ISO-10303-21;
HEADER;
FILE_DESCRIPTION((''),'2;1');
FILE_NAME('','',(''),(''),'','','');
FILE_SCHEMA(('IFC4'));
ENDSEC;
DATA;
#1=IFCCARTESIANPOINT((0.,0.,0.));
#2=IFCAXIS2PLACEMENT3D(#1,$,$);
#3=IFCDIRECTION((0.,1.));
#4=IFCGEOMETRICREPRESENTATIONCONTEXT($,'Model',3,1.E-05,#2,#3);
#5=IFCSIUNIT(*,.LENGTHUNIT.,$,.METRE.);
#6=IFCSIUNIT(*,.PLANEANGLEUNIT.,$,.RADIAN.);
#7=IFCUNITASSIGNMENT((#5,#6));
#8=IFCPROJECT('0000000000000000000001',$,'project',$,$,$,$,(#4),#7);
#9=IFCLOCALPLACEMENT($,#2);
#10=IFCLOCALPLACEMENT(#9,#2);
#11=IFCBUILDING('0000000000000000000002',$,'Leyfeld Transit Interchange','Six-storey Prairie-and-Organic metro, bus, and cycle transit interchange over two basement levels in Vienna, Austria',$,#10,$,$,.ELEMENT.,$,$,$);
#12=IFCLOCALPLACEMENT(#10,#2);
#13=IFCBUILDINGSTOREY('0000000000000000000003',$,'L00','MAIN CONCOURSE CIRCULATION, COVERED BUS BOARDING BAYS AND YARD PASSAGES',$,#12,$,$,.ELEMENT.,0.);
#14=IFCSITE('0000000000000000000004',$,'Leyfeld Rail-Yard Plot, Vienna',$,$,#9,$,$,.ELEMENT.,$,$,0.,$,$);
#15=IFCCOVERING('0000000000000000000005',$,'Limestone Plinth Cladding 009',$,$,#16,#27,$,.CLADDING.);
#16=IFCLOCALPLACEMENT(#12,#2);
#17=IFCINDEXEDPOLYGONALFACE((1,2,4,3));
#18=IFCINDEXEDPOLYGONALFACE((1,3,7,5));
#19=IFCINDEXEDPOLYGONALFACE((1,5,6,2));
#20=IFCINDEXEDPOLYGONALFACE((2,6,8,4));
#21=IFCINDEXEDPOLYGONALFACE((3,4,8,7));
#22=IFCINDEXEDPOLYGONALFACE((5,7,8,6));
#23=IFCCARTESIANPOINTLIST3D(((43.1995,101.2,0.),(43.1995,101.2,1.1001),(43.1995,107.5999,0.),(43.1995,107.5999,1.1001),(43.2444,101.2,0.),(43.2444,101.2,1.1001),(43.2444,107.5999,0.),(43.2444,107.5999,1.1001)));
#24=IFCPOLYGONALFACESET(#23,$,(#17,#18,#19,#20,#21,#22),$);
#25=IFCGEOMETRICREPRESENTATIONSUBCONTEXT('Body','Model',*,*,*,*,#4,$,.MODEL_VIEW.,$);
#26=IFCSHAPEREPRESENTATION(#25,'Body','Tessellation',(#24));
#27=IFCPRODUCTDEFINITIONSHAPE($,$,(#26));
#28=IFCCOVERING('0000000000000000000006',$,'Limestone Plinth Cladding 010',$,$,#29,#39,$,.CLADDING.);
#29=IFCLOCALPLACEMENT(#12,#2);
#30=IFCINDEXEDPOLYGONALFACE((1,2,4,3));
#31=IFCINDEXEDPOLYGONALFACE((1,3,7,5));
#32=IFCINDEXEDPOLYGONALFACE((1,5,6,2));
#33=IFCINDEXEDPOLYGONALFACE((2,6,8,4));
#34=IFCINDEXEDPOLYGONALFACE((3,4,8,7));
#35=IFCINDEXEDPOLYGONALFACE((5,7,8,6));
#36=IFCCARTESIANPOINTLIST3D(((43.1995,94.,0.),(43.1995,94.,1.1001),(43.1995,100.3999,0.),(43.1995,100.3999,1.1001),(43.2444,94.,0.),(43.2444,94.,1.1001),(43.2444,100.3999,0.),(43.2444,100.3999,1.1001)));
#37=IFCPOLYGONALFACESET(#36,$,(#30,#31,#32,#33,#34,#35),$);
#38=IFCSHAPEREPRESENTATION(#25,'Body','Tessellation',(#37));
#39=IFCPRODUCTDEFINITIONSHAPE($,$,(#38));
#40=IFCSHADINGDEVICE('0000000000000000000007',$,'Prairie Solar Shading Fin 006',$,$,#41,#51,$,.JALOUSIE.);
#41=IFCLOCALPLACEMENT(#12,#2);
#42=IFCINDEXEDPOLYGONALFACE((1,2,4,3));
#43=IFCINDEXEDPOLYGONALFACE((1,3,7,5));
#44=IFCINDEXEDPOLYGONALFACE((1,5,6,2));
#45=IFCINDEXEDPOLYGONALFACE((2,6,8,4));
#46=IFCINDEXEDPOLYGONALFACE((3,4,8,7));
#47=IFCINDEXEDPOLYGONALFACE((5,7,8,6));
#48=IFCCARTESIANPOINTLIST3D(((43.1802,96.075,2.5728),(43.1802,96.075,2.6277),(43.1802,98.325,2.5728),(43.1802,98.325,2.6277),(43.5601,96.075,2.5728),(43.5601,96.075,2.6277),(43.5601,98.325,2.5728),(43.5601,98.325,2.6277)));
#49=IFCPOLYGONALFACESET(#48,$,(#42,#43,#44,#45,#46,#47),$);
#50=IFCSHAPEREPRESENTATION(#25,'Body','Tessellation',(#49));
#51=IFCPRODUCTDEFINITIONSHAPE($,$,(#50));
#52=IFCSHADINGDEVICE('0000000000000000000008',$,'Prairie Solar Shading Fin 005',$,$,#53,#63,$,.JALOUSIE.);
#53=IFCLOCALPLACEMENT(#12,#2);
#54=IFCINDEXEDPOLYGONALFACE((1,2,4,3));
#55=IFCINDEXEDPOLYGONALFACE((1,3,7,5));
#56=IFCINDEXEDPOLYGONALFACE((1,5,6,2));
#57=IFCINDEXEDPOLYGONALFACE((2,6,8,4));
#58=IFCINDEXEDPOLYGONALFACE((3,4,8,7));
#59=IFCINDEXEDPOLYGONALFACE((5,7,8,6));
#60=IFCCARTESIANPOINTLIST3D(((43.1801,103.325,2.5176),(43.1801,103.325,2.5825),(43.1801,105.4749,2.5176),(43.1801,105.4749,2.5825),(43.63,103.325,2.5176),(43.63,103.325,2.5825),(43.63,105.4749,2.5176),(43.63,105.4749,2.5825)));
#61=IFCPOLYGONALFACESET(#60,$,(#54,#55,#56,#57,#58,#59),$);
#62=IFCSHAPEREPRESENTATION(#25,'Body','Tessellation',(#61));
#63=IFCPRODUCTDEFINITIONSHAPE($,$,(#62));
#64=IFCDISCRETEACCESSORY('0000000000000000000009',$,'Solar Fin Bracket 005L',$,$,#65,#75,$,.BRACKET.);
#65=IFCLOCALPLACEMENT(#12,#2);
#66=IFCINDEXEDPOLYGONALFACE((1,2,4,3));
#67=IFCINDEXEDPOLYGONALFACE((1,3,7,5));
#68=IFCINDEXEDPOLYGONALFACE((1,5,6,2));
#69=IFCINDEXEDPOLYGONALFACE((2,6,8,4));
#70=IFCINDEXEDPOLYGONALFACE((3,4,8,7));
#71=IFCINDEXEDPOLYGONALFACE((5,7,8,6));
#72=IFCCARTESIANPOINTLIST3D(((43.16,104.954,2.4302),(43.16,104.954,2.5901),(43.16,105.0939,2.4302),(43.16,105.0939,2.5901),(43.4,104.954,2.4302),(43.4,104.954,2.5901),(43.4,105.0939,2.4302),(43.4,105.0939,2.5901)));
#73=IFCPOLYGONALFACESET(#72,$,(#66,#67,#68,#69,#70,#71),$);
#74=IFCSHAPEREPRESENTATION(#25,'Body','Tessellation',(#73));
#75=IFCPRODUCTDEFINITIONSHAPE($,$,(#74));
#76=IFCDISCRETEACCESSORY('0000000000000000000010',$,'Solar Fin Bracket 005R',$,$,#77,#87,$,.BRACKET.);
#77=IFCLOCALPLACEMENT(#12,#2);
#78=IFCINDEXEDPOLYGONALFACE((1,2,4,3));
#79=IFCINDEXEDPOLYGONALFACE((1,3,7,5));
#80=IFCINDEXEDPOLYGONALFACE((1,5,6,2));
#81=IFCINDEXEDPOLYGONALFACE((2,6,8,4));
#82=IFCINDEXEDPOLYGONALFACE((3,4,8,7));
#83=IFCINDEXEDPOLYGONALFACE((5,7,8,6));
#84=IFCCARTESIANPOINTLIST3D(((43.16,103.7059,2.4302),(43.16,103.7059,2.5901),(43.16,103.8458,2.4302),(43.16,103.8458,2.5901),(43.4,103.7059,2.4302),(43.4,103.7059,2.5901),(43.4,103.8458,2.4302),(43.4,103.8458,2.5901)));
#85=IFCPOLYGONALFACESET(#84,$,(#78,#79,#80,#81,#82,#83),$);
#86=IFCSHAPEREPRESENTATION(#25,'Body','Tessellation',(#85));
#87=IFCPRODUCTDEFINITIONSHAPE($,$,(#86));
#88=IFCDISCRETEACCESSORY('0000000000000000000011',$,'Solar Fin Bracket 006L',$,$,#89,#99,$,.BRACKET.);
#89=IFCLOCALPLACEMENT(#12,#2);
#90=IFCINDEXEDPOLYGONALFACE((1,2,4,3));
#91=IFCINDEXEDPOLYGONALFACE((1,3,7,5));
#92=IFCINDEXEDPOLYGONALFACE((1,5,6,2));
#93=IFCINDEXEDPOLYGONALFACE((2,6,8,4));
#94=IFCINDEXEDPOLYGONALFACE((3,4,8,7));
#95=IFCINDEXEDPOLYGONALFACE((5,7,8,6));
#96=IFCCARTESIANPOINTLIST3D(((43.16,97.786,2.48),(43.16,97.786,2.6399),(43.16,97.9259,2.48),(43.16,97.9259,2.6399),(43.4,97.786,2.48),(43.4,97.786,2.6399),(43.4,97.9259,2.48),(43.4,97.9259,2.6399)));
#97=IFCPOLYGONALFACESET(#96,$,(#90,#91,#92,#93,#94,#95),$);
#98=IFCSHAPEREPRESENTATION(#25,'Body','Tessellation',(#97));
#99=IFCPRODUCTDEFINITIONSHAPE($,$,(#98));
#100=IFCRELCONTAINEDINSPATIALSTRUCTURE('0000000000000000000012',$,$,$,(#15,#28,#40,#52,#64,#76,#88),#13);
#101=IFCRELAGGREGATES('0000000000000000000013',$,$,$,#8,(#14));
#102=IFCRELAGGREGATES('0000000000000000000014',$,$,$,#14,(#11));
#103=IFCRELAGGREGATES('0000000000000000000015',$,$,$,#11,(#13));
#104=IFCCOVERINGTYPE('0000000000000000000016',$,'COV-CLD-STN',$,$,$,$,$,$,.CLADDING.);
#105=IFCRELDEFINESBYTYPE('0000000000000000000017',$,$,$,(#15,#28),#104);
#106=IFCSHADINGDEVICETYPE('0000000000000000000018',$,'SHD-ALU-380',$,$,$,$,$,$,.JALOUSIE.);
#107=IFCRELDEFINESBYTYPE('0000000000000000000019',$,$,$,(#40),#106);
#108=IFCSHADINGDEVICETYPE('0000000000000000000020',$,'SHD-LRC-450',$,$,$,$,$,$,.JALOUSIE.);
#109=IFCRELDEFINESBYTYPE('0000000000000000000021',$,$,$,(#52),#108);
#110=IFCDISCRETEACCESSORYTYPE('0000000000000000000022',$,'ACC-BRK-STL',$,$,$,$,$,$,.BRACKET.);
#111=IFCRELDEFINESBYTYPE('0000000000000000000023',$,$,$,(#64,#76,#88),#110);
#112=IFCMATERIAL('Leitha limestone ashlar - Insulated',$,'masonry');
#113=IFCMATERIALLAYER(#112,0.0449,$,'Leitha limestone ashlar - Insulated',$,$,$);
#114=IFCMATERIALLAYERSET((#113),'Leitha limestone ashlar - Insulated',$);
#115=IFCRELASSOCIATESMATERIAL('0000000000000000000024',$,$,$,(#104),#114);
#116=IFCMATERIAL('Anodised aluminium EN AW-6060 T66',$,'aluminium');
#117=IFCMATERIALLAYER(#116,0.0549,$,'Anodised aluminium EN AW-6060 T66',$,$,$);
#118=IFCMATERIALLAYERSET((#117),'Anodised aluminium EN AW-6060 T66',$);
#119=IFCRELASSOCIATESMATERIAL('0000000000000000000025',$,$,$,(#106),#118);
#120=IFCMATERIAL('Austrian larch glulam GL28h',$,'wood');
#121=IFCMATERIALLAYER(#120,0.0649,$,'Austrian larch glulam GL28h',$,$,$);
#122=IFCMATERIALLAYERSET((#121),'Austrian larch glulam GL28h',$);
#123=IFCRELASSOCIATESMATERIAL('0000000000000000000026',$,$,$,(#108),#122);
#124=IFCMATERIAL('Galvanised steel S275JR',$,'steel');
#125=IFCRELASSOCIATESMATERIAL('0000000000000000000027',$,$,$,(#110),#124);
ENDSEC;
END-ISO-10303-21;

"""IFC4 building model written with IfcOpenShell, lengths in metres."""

from ifc_helpers import new_model, si_unit, direction, frame, origin, origin_2d, place, context, subcontext, project, spatial, rectangle, extrude, material, layer, layer_set, type_object, element, save


model = new_model("IFC4")

# Units and contexts
model_context = context("Model", 3, precision=1e-05, world=origin(), true_north=direction((0.0, 1.0)))
body_context = subcontext(model_context, "Body", "Model", "MODEL_VIEW")
ifc_project = project(units=[si_unit("LENGTHUNIT", "METRE"), si_unit("PLANEANGLEUNIT", "RADIAN")], contexts=[model_context])

# Site, building, storey
site_placement = place(None, origin())
site = spatial("IfcSite", under=ifc_project, at=site_placement, Name="Leyfeld Rail-Yard Plot, Vienna", CompositionType="ELEMENT", RefElevation=0.0)
building_placement = place(site_placement, origin())
building = spatial("IfcBuilding", under=site, at=building_placement, Name="Leyfeld Transit Interchange", Description="Six-storey Prairie-and-Organic metro, bus, and cycle transit interchange over two basement levels in Vienna, Austria", CompositionType="ELEMENT")
storey_placement = place(building_placement, origin())
storey = spatial("IfcBuildingStorey", under=building, at=storey_placement, Name="L00", Description="MAIN CONCOURSE CIRCULATION, COVERED BUS BOARDING BAYS AND YARD PASSAGES", CompositionType="ELEMENT", Elevation=0.0)

# Coverings
ifc_material_1 = material(Name="Leitha limestone ashlar - Insulated", Category="masonry")
ifc_layer_1 = layer(ifc_material_1, 0.0449, Name="Leitha limestone ashlar - Insulated")
ifc_layer_set_1 = layer_set([ifc_layer_1], Name="Leitha limestone ashlar - Insulated")
covering_type = type_object("IfcCoveringType", Name="COV-CLD-STN", PredefinedType="CLADDING", material=ifc_layer_set_1)
for number, where, z_axis, x_axis, name in (
    (1, (43.2219, 104.3999, 0.0), (0.0, 0.0, 1.0), (0.0, -1.0, 0.0), "Limestone Plinth Cladding 009"),
    (2, (43.2219, 97.2, 0.0), (0.0, 0.0, 1.0), (0.0, -1.0, 0.0), "Limestone Plinth Cladding 010"),
):
    element("IfcCovering", number, at=place(storey_placement, frame(where, z_axis=z_axis, x_axis=x_axis)), inside=storey, type_object=covering_type, Name=name, PredefinedType="CLADDING", context=body_context, shape_type="SweptSolid", body=[
        extrude(rectangle(XDim=6.3999, YDim=0.0449, at=origin_2d()), origin(), (0.0, 0.0, 1.0), 1.1001),
    ])

# Shading devices
ifc_material_2 = material(Name="Anodised aluminium EN AW-6060 T66", Category="aluminium")
ifc_layer_2 = layer(ifc_material_2, 0.0549, Name="Anodised aluminium EN AW-6060 T66")
ifc_layer_set_2 = layer_set([ifc_layer_2], Name="Anodised aluminium EN AW-6060 T66")
shading_device_type_1 = type_object("IfcShadingDeviceType", Name="SHD-ALU-380", PredefinedType="JALOUSIE", material=ifc_layer_set_2)
shading_device_1_placement = place(storey_placement, frame((43.3701, 97.2, 2.5728), z_axis=(0.0, 0.0, 1.0), x_axis=(0.0, -1.0, 0.0)))
element("IfcShadingDevice", 3, at=shading_device_1_placement, inside=storey, type_object=shading_device_type_1, Name="Prairie Solar Shading Fin 006", PredefinedType="JALOUSIE", context=body_context, shape_type="SweptSolid", body=[
    extrude(rectangle(XDim=2.25, YDim=0.3799, at=origin_2d()), origin(), (0.0, 0.0, 1.0), 0.0549),
])
ifc_material_3 = material(Name="Austrian larch glulam GL28h", Category="wood")
ifc_layer_3 = layer(ifc_material_3, 0.0649, Name="Austrian larch glulam GL28h")
ifc_layer_set_3 = layer_set([ifc_layer_3], Name="Austrian larch glulam GL28h")
shading_device_type_2 = type_object("IfcShadingDeviceType", Name="SHD-LRC-450", PredefinedType="JALOUSIE", material=ifc_layer_set_3)
shading_device_2_placement = place(storey_placement, frame((43.405, 104.3999, 2.5176), z_axis=(0.0, 0.0, 1.0), x_axis=(0.0, -1.0, 0.0)))
element("IfcShadingDevice", 4, at=shading_device_2_placement, inside=storey, type_object=shading_device_type_2, Name="Prairie Solar Shading Fin 005", PredefinedType="JALOUSIE", context=body_context, shape_type="SweptSolid", body=[
    extrude(rectangle(XDim=2.1499, YDim=0.45, at=origin_2d()), origin(), (0.0, 0.0, 1.0), 0.0649),
])

# Discrete accessories
ifc_material_4 = material(Name="Galvanised steel S275JR", Category="steel")
discrete_accessory_type = type_object("IfcDiscreteAccessoryType", Name="ACC-BRK-STL", PredefinedType="BRACKET", material=ifc_material_4)
for number, where, z_axis, x_axis, name in (
    (5, (43.28, 105.0239, 2.4302), (0.0, 0.0, 1.0), (0.0, -1.0, 0.0), "Solar Fin Bracket 005L"),
    (6, (43.28, 103.7759, 2.4302), (0.0, 0.0, 1.0), (0.0, -1.0, 0.0), "Solar Fin Bracket 005R"),
    (7, (43.28, 97.856, 2.48), (0.0, 0.0, 1.0), (0.0, -1.0, 0.0), "Solar Fin Bracket 006L"),
):
    element("IfcDiscreteAccessory", number, at=place(storey_placement, frame(where, z_axis=z_axis, x_axis=x_axis)), inside=storey, type_object=discrete_accessory_type, Name=name, PredefinedType="BRACKET", context=body_context, shape_type="SweptSolid", body=[
        extrude(rectangle(XDim=0.1399, YDim=0.24, at=origin_2d()), origin(), (0.0, 0.0, 1.0), 0.1599),
    ])

save(model, "model.ifc")
